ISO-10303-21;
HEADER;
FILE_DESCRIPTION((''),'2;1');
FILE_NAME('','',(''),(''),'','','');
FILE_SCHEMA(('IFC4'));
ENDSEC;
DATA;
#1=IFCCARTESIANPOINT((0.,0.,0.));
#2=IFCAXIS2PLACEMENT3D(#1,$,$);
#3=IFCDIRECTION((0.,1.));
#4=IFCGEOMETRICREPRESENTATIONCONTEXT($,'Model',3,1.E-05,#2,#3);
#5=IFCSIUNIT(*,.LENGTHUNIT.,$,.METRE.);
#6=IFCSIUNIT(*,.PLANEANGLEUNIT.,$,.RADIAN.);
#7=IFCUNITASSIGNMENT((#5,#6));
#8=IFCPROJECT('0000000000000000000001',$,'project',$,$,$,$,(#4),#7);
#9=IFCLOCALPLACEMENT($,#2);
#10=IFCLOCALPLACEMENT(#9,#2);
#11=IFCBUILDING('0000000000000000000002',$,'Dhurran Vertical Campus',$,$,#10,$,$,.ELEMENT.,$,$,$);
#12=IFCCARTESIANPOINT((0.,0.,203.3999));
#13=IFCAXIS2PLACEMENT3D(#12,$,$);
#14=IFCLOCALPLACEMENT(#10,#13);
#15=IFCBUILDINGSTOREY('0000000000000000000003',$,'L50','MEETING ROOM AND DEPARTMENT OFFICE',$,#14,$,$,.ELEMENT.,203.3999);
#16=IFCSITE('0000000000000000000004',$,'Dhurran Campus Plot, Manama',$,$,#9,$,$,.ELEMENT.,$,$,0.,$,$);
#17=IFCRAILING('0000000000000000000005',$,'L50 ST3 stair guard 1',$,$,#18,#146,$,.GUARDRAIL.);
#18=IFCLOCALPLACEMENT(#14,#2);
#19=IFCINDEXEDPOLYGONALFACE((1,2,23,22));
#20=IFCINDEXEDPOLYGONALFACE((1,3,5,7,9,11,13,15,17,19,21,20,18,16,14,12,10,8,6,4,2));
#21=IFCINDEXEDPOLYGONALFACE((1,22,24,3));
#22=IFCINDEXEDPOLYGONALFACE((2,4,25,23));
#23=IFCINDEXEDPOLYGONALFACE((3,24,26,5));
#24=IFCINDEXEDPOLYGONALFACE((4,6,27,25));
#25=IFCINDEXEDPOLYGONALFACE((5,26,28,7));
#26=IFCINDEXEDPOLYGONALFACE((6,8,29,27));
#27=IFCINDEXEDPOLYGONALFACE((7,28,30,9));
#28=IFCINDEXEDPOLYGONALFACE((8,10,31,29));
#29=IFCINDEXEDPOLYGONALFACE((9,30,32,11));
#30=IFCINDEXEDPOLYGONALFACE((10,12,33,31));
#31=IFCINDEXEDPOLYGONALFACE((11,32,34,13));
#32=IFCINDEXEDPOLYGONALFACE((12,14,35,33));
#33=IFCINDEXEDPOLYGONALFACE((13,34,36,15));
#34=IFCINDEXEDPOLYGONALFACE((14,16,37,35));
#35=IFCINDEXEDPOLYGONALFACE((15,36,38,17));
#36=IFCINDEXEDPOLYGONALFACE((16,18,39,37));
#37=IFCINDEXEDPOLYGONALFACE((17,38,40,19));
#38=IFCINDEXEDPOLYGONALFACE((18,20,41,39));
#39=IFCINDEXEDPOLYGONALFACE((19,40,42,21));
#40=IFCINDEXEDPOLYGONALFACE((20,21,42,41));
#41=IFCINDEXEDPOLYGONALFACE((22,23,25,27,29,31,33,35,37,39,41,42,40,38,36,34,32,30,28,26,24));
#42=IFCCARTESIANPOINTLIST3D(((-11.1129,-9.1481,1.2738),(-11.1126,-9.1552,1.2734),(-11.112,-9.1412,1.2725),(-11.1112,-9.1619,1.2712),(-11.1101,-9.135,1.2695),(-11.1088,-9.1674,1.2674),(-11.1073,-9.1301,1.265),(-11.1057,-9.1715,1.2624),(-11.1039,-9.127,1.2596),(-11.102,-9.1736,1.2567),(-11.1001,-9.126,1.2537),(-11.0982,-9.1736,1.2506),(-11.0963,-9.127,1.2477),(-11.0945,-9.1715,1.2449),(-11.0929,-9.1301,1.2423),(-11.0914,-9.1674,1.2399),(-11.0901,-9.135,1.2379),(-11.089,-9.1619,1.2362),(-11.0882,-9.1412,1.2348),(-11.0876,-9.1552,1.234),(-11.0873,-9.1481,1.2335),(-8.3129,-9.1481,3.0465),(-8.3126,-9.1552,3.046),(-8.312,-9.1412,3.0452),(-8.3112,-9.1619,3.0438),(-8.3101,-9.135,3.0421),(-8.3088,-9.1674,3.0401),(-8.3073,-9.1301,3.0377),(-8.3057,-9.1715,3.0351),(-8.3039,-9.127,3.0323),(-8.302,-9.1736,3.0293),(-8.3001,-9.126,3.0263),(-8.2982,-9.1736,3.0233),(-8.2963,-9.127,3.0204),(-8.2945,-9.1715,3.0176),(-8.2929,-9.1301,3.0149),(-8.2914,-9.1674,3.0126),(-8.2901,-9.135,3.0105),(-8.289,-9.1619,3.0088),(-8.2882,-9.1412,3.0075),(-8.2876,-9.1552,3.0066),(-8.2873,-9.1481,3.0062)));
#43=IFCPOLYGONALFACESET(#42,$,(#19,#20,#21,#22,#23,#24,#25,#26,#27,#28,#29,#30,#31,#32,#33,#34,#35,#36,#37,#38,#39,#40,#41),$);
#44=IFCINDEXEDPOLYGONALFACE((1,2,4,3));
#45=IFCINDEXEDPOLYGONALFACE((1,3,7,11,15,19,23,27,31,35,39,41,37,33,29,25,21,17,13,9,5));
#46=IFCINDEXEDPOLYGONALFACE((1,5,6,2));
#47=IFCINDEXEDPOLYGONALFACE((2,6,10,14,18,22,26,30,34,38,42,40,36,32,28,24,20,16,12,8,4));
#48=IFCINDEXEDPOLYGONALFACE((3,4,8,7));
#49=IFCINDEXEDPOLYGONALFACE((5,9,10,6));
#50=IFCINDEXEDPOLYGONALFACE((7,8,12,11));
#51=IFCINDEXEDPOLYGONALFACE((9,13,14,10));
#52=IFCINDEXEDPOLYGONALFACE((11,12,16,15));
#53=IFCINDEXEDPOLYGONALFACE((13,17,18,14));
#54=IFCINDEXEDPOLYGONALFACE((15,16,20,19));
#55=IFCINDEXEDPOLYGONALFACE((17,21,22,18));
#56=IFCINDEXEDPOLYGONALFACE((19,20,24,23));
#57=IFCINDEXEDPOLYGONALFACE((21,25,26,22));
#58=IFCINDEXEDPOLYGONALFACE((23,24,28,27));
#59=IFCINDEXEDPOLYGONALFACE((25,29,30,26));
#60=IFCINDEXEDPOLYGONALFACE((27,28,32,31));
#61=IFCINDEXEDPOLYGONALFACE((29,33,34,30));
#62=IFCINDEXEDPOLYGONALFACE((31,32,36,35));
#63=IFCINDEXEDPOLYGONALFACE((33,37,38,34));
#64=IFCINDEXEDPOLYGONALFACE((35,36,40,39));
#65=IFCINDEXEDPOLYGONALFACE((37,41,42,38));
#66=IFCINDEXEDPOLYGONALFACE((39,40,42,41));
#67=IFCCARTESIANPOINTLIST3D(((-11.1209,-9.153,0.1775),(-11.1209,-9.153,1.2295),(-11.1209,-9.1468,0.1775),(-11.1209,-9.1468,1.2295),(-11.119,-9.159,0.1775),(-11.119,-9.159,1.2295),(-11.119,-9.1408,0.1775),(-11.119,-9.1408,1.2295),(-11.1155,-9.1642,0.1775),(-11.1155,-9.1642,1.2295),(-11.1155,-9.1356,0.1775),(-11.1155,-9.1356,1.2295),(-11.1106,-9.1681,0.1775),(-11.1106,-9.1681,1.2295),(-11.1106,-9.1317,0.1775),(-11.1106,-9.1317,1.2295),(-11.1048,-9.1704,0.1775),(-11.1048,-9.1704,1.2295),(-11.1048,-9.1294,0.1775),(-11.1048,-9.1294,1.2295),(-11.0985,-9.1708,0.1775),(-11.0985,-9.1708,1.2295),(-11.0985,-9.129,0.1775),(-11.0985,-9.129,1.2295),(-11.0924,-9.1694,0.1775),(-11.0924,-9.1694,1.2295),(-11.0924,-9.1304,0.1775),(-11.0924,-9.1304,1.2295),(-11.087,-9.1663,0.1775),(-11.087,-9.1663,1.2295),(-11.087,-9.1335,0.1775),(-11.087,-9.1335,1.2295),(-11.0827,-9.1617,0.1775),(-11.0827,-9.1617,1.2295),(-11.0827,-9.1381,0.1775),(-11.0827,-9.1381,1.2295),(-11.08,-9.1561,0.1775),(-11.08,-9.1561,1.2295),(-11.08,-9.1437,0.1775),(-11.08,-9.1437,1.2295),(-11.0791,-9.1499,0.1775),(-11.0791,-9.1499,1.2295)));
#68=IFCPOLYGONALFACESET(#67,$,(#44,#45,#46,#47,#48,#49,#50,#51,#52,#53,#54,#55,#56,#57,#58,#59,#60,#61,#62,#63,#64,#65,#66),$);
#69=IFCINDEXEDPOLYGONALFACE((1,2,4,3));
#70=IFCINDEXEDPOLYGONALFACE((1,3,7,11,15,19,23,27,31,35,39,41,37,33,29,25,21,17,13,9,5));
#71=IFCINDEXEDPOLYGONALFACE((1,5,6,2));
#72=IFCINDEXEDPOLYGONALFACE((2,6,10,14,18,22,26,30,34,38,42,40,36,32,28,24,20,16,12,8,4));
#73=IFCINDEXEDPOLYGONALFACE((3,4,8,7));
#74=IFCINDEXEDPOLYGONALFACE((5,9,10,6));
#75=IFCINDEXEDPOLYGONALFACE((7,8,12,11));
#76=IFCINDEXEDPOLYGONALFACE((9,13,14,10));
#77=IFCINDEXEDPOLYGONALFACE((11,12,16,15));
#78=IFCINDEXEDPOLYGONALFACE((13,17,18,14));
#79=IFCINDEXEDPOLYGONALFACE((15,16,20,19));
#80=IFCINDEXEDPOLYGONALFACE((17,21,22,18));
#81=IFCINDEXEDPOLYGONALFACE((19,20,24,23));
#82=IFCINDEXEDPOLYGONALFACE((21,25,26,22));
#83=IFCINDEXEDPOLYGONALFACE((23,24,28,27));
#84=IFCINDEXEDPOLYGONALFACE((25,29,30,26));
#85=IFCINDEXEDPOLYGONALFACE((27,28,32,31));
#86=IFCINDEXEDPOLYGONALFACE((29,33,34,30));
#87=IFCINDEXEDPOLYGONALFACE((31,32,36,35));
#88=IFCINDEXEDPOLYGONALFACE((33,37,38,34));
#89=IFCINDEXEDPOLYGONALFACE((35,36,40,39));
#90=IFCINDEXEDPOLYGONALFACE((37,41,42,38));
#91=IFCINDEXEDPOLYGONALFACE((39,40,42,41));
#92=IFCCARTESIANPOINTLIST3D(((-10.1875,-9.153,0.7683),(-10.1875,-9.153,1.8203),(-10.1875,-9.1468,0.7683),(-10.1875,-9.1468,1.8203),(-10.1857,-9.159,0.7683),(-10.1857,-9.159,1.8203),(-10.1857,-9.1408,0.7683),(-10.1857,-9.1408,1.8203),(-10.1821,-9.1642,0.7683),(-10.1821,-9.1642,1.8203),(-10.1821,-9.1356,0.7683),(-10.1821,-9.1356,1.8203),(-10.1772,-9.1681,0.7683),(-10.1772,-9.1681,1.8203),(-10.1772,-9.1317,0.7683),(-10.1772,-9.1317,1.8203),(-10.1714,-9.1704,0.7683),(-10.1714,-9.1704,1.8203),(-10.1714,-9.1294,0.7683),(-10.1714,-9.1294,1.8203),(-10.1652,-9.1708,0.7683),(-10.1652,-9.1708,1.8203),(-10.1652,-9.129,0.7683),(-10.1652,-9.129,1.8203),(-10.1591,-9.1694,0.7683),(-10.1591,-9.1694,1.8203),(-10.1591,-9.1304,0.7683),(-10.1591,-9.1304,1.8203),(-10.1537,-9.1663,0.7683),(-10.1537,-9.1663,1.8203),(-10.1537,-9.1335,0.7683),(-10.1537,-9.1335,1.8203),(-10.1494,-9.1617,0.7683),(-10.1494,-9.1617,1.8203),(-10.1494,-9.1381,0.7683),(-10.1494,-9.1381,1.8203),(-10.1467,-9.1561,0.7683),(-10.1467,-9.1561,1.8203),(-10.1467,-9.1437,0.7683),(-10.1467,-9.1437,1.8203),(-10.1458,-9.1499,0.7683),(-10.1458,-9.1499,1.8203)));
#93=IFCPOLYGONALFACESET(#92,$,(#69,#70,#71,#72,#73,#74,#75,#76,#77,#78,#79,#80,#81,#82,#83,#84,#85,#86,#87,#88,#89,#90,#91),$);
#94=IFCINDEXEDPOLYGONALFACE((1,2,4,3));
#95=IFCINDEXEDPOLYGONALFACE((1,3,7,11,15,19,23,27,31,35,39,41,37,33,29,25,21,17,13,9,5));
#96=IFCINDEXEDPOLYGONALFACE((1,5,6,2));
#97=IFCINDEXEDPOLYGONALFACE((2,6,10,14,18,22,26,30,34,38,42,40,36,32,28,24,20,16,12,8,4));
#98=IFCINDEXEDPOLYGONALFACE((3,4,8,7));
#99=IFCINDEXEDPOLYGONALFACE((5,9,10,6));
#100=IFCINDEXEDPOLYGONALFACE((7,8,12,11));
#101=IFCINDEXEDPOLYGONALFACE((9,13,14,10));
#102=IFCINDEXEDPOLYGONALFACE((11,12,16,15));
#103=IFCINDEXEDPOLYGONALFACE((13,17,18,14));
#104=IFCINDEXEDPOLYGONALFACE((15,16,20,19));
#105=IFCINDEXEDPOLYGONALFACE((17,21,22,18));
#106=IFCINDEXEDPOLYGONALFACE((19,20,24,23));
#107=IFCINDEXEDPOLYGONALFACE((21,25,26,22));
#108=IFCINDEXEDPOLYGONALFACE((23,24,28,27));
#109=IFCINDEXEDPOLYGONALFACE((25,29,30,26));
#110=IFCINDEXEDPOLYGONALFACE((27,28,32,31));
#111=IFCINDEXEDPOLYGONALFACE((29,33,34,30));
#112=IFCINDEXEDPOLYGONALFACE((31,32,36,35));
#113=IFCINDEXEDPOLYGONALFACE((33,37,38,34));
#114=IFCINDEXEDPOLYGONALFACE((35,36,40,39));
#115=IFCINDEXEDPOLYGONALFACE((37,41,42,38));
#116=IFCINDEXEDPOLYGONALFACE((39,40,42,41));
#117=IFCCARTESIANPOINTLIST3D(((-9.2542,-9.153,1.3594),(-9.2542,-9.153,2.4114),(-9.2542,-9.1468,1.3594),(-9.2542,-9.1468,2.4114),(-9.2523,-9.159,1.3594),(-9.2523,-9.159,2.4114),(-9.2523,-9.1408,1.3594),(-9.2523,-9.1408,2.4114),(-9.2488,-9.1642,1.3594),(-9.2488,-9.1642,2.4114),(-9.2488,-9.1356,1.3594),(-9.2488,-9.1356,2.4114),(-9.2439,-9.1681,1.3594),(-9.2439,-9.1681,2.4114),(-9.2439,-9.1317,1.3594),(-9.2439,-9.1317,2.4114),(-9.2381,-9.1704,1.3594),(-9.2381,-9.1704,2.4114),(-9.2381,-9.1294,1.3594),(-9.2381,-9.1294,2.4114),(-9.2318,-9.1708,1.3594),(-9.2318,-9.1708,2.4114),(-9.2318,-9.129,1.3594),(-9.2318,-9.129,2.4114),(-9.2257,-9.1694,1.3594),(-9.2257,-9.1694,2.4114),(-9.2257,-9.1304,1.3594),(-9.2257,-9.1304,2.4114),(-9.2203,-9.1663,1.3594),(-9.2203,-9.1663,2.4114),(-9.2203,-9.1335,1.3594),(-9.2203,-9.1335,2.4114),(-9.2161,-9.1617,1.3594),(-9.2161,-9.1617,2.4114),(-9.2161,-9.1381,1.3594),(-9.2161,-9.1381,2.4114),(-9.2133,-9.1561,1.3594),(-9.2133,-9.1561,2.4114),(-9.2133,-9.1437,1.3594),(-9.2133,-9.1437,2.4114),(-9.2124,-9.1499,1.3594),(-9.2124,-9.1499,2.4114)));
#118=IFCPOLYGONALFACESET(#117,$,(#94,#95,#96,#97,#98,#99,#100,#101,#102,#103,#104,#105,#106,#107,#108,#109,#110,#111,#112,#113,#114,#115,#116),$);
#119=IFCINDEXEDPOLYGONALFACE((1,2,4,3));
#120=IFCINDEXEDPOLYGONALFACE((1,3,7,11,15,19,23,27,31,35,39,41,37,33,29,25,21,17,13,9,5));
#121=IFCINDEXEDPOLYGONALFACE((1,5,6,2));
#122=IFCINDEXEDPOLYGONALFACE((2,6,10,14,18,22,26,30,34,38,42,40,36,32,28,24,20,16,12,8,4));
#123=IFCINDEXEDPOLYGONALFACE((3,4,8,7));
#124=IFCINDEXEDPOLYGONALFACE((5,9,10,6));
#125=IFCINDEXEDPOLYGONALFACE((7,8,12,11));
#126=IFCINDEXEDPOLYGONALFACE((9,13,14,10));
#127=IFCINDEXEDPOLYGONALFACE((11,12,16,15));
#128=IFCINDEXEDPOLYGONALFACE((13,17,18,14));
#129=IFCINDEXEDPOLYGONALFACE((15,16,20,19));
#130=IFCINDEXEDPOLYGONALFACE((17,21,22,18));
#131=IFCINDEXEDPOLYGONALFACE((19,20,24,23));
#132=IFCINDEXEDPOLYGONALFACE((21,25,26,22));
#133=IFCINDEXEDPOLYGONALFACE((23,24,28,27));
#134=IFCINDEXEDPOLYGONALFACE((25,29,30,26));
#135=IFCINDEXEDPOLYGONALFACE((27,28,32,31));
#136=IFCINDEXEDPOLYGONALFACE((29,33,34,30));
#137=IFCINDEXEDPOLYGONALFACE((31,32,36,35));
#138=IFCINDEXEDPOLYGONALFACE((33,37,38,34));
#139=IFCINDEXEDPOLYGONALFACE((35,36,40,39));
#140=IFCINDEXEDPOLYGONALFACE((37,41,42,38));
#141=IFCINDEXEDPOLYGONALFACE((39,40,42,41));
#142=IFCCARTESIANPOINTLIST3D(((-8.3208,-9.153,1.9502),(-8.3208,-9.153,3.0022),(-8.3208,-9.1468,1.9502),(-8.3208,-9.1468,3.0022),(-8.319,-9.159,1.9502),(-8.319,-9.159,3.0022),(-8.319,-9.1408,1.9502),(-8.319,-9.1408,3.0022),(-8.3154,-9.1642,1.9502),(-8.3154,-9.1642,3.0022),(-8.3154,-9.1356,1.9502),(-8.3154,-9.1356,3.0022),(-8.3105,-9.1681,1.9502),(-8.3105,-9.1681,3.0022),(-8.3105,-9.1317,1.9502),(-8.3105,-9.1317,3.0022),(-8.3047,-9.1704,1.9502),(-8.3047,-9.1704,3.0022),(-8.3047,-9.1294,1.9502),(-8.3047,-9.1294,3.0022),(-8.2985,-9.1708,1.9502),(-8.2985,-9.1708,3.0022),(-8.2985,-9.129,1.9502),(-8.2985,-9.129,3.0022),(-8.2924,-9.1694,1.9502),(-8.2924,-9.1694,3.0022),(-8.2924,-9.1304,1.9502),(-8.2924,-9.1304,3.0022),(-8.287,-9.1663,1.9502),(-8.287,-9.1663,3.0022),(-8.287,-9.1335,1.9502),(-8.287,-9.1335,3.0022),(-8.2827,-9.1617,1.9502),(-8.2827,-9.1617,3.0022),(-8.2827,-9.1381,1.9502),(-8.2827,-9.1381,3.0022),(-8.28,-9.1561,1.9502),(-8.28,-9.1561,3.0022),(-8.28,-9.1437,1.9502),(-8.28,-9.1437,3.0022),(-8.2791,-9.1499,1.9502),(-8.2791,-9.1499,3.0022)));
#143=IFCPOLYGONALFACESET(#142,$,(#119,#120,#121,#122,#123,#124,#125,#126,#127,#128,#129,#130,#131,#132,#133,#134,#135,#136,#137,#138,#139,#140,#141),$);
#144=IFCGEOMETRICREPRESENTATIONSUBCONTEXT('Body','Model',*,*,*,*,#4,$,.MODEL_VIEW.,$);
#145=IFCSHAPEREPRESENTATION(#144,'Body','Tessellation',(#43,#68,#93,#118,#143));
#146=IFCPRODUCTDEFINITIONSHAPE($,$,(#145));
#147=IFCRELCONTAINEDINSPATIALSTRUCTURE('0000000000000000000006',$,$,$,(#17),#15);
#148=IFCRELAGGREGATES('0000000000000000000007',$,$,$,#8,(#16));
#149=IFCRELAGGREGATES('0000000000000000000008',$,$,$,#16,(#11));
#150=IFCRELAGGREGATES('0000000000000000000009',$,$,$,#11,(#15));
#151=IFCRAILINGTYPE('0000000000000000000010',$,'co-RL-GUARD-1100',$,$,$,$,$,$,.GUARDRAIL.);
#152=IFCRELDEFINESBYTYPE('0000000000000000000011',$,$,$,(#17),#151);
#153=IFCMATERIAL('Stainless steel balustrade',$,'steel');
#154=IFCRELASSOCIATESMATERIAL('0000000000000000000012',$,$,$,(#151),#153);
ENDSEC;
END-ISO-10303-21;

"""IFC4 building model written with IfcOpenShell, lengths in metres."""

from ifc_helpers import new_model, si_unit, direction, frame, origin, origin_2d, place, context, subcontext, project, spatial, circle, extrude, material, type_object, element, save


model = new_model("IFC4")

# Units and contexts
model_context = context("Model", 3, precision=1e-05, world=origin(), true_north=direction((0.0, 1.0)))
body_context = subcontext(model_context, "Body", "Model", "MODEL_VIEW")
ifc_project = project(units=[si_unit("LENGTHUNIT", "METRE"), si_unit("PLANEANGLEUNIT", "RADIAN")], contexts=[model_context])

# Site, building, storey
site_placement = place(None, origin())
site = spatial("IfcSite", under=ifc_project, at=site_placement, Name="Dhurran Campus Plot, Manama", CompositionType="ELEMENT", RefElevation=0.0)
building_placement = place(site_placement, origin())
building = spatial("IfcBuilding", under=site, at=building_placement, Name="Dhurran Vertical Campus", CompositionType="ELEMENT")
storey_placement = place(building_placement, frame((0.0, 0.0, 203.3999)))
storey = spatial("IfcBuildingStorey", under=building, at=storey_placement, Name="L50", Description="MEETING ROOM AND DEPARTMENT OFFICE", CompositionType="ELEMENT", Elevation=203.3999)

# Railing
ifc_material_1 = material(Name="Stainless steel balustrade", Category="steel")
railing_type_1 = type_object("IfcRailingType", Name="co-RL-GUARD-1100", PredefinedType="GUARDRAIL", material=ifc_material_1)
railing_1_placement = place(storey_placement, frame((-11.1001, -9.1499, 0.1775)))
element("IfcRailing", 1, at=railing_1_placement, inside=storey, type_object=railing_type_1, Name="L50 ST3 stair guard 1", PredefinedType="GUARDRAIL", context=body_context, shape_type="SweptSolid", body=[
    extrude(circle(Radius=0.0239, at=origin_2d()), frame((0.0, 0.0, 1.0762), z_axis=(0.844909, 0.0, 0.53491), x_axis=(0.0, 1.0, 0.0)), (0.0, 0.0, 1.0), 3.314),
    extrude(circle(Radius=0.021, at=origin_2d()), origin(), (0.0, 0.0, 1.0), 1.052),
    extrude(circle(Radius=0.021, at=origin_2d()), frame((0.9333, 0.0, 0.5908)), (0.0, 0.0, 1.0), 1.052),
    extrude(circle(Radius=0.021, at=origin_2d()), frame((1.8667, 0.0, 1.1819)), (0.0, 0.0, 1.0), 1.052),
    extrude(circle(Radius=0.021, at=origin_2d()), frame((2.8, 0.0, 1.7727)), (0.0, 0.0, 1.0), 1.052),
])

save(model, "model.ifc")
